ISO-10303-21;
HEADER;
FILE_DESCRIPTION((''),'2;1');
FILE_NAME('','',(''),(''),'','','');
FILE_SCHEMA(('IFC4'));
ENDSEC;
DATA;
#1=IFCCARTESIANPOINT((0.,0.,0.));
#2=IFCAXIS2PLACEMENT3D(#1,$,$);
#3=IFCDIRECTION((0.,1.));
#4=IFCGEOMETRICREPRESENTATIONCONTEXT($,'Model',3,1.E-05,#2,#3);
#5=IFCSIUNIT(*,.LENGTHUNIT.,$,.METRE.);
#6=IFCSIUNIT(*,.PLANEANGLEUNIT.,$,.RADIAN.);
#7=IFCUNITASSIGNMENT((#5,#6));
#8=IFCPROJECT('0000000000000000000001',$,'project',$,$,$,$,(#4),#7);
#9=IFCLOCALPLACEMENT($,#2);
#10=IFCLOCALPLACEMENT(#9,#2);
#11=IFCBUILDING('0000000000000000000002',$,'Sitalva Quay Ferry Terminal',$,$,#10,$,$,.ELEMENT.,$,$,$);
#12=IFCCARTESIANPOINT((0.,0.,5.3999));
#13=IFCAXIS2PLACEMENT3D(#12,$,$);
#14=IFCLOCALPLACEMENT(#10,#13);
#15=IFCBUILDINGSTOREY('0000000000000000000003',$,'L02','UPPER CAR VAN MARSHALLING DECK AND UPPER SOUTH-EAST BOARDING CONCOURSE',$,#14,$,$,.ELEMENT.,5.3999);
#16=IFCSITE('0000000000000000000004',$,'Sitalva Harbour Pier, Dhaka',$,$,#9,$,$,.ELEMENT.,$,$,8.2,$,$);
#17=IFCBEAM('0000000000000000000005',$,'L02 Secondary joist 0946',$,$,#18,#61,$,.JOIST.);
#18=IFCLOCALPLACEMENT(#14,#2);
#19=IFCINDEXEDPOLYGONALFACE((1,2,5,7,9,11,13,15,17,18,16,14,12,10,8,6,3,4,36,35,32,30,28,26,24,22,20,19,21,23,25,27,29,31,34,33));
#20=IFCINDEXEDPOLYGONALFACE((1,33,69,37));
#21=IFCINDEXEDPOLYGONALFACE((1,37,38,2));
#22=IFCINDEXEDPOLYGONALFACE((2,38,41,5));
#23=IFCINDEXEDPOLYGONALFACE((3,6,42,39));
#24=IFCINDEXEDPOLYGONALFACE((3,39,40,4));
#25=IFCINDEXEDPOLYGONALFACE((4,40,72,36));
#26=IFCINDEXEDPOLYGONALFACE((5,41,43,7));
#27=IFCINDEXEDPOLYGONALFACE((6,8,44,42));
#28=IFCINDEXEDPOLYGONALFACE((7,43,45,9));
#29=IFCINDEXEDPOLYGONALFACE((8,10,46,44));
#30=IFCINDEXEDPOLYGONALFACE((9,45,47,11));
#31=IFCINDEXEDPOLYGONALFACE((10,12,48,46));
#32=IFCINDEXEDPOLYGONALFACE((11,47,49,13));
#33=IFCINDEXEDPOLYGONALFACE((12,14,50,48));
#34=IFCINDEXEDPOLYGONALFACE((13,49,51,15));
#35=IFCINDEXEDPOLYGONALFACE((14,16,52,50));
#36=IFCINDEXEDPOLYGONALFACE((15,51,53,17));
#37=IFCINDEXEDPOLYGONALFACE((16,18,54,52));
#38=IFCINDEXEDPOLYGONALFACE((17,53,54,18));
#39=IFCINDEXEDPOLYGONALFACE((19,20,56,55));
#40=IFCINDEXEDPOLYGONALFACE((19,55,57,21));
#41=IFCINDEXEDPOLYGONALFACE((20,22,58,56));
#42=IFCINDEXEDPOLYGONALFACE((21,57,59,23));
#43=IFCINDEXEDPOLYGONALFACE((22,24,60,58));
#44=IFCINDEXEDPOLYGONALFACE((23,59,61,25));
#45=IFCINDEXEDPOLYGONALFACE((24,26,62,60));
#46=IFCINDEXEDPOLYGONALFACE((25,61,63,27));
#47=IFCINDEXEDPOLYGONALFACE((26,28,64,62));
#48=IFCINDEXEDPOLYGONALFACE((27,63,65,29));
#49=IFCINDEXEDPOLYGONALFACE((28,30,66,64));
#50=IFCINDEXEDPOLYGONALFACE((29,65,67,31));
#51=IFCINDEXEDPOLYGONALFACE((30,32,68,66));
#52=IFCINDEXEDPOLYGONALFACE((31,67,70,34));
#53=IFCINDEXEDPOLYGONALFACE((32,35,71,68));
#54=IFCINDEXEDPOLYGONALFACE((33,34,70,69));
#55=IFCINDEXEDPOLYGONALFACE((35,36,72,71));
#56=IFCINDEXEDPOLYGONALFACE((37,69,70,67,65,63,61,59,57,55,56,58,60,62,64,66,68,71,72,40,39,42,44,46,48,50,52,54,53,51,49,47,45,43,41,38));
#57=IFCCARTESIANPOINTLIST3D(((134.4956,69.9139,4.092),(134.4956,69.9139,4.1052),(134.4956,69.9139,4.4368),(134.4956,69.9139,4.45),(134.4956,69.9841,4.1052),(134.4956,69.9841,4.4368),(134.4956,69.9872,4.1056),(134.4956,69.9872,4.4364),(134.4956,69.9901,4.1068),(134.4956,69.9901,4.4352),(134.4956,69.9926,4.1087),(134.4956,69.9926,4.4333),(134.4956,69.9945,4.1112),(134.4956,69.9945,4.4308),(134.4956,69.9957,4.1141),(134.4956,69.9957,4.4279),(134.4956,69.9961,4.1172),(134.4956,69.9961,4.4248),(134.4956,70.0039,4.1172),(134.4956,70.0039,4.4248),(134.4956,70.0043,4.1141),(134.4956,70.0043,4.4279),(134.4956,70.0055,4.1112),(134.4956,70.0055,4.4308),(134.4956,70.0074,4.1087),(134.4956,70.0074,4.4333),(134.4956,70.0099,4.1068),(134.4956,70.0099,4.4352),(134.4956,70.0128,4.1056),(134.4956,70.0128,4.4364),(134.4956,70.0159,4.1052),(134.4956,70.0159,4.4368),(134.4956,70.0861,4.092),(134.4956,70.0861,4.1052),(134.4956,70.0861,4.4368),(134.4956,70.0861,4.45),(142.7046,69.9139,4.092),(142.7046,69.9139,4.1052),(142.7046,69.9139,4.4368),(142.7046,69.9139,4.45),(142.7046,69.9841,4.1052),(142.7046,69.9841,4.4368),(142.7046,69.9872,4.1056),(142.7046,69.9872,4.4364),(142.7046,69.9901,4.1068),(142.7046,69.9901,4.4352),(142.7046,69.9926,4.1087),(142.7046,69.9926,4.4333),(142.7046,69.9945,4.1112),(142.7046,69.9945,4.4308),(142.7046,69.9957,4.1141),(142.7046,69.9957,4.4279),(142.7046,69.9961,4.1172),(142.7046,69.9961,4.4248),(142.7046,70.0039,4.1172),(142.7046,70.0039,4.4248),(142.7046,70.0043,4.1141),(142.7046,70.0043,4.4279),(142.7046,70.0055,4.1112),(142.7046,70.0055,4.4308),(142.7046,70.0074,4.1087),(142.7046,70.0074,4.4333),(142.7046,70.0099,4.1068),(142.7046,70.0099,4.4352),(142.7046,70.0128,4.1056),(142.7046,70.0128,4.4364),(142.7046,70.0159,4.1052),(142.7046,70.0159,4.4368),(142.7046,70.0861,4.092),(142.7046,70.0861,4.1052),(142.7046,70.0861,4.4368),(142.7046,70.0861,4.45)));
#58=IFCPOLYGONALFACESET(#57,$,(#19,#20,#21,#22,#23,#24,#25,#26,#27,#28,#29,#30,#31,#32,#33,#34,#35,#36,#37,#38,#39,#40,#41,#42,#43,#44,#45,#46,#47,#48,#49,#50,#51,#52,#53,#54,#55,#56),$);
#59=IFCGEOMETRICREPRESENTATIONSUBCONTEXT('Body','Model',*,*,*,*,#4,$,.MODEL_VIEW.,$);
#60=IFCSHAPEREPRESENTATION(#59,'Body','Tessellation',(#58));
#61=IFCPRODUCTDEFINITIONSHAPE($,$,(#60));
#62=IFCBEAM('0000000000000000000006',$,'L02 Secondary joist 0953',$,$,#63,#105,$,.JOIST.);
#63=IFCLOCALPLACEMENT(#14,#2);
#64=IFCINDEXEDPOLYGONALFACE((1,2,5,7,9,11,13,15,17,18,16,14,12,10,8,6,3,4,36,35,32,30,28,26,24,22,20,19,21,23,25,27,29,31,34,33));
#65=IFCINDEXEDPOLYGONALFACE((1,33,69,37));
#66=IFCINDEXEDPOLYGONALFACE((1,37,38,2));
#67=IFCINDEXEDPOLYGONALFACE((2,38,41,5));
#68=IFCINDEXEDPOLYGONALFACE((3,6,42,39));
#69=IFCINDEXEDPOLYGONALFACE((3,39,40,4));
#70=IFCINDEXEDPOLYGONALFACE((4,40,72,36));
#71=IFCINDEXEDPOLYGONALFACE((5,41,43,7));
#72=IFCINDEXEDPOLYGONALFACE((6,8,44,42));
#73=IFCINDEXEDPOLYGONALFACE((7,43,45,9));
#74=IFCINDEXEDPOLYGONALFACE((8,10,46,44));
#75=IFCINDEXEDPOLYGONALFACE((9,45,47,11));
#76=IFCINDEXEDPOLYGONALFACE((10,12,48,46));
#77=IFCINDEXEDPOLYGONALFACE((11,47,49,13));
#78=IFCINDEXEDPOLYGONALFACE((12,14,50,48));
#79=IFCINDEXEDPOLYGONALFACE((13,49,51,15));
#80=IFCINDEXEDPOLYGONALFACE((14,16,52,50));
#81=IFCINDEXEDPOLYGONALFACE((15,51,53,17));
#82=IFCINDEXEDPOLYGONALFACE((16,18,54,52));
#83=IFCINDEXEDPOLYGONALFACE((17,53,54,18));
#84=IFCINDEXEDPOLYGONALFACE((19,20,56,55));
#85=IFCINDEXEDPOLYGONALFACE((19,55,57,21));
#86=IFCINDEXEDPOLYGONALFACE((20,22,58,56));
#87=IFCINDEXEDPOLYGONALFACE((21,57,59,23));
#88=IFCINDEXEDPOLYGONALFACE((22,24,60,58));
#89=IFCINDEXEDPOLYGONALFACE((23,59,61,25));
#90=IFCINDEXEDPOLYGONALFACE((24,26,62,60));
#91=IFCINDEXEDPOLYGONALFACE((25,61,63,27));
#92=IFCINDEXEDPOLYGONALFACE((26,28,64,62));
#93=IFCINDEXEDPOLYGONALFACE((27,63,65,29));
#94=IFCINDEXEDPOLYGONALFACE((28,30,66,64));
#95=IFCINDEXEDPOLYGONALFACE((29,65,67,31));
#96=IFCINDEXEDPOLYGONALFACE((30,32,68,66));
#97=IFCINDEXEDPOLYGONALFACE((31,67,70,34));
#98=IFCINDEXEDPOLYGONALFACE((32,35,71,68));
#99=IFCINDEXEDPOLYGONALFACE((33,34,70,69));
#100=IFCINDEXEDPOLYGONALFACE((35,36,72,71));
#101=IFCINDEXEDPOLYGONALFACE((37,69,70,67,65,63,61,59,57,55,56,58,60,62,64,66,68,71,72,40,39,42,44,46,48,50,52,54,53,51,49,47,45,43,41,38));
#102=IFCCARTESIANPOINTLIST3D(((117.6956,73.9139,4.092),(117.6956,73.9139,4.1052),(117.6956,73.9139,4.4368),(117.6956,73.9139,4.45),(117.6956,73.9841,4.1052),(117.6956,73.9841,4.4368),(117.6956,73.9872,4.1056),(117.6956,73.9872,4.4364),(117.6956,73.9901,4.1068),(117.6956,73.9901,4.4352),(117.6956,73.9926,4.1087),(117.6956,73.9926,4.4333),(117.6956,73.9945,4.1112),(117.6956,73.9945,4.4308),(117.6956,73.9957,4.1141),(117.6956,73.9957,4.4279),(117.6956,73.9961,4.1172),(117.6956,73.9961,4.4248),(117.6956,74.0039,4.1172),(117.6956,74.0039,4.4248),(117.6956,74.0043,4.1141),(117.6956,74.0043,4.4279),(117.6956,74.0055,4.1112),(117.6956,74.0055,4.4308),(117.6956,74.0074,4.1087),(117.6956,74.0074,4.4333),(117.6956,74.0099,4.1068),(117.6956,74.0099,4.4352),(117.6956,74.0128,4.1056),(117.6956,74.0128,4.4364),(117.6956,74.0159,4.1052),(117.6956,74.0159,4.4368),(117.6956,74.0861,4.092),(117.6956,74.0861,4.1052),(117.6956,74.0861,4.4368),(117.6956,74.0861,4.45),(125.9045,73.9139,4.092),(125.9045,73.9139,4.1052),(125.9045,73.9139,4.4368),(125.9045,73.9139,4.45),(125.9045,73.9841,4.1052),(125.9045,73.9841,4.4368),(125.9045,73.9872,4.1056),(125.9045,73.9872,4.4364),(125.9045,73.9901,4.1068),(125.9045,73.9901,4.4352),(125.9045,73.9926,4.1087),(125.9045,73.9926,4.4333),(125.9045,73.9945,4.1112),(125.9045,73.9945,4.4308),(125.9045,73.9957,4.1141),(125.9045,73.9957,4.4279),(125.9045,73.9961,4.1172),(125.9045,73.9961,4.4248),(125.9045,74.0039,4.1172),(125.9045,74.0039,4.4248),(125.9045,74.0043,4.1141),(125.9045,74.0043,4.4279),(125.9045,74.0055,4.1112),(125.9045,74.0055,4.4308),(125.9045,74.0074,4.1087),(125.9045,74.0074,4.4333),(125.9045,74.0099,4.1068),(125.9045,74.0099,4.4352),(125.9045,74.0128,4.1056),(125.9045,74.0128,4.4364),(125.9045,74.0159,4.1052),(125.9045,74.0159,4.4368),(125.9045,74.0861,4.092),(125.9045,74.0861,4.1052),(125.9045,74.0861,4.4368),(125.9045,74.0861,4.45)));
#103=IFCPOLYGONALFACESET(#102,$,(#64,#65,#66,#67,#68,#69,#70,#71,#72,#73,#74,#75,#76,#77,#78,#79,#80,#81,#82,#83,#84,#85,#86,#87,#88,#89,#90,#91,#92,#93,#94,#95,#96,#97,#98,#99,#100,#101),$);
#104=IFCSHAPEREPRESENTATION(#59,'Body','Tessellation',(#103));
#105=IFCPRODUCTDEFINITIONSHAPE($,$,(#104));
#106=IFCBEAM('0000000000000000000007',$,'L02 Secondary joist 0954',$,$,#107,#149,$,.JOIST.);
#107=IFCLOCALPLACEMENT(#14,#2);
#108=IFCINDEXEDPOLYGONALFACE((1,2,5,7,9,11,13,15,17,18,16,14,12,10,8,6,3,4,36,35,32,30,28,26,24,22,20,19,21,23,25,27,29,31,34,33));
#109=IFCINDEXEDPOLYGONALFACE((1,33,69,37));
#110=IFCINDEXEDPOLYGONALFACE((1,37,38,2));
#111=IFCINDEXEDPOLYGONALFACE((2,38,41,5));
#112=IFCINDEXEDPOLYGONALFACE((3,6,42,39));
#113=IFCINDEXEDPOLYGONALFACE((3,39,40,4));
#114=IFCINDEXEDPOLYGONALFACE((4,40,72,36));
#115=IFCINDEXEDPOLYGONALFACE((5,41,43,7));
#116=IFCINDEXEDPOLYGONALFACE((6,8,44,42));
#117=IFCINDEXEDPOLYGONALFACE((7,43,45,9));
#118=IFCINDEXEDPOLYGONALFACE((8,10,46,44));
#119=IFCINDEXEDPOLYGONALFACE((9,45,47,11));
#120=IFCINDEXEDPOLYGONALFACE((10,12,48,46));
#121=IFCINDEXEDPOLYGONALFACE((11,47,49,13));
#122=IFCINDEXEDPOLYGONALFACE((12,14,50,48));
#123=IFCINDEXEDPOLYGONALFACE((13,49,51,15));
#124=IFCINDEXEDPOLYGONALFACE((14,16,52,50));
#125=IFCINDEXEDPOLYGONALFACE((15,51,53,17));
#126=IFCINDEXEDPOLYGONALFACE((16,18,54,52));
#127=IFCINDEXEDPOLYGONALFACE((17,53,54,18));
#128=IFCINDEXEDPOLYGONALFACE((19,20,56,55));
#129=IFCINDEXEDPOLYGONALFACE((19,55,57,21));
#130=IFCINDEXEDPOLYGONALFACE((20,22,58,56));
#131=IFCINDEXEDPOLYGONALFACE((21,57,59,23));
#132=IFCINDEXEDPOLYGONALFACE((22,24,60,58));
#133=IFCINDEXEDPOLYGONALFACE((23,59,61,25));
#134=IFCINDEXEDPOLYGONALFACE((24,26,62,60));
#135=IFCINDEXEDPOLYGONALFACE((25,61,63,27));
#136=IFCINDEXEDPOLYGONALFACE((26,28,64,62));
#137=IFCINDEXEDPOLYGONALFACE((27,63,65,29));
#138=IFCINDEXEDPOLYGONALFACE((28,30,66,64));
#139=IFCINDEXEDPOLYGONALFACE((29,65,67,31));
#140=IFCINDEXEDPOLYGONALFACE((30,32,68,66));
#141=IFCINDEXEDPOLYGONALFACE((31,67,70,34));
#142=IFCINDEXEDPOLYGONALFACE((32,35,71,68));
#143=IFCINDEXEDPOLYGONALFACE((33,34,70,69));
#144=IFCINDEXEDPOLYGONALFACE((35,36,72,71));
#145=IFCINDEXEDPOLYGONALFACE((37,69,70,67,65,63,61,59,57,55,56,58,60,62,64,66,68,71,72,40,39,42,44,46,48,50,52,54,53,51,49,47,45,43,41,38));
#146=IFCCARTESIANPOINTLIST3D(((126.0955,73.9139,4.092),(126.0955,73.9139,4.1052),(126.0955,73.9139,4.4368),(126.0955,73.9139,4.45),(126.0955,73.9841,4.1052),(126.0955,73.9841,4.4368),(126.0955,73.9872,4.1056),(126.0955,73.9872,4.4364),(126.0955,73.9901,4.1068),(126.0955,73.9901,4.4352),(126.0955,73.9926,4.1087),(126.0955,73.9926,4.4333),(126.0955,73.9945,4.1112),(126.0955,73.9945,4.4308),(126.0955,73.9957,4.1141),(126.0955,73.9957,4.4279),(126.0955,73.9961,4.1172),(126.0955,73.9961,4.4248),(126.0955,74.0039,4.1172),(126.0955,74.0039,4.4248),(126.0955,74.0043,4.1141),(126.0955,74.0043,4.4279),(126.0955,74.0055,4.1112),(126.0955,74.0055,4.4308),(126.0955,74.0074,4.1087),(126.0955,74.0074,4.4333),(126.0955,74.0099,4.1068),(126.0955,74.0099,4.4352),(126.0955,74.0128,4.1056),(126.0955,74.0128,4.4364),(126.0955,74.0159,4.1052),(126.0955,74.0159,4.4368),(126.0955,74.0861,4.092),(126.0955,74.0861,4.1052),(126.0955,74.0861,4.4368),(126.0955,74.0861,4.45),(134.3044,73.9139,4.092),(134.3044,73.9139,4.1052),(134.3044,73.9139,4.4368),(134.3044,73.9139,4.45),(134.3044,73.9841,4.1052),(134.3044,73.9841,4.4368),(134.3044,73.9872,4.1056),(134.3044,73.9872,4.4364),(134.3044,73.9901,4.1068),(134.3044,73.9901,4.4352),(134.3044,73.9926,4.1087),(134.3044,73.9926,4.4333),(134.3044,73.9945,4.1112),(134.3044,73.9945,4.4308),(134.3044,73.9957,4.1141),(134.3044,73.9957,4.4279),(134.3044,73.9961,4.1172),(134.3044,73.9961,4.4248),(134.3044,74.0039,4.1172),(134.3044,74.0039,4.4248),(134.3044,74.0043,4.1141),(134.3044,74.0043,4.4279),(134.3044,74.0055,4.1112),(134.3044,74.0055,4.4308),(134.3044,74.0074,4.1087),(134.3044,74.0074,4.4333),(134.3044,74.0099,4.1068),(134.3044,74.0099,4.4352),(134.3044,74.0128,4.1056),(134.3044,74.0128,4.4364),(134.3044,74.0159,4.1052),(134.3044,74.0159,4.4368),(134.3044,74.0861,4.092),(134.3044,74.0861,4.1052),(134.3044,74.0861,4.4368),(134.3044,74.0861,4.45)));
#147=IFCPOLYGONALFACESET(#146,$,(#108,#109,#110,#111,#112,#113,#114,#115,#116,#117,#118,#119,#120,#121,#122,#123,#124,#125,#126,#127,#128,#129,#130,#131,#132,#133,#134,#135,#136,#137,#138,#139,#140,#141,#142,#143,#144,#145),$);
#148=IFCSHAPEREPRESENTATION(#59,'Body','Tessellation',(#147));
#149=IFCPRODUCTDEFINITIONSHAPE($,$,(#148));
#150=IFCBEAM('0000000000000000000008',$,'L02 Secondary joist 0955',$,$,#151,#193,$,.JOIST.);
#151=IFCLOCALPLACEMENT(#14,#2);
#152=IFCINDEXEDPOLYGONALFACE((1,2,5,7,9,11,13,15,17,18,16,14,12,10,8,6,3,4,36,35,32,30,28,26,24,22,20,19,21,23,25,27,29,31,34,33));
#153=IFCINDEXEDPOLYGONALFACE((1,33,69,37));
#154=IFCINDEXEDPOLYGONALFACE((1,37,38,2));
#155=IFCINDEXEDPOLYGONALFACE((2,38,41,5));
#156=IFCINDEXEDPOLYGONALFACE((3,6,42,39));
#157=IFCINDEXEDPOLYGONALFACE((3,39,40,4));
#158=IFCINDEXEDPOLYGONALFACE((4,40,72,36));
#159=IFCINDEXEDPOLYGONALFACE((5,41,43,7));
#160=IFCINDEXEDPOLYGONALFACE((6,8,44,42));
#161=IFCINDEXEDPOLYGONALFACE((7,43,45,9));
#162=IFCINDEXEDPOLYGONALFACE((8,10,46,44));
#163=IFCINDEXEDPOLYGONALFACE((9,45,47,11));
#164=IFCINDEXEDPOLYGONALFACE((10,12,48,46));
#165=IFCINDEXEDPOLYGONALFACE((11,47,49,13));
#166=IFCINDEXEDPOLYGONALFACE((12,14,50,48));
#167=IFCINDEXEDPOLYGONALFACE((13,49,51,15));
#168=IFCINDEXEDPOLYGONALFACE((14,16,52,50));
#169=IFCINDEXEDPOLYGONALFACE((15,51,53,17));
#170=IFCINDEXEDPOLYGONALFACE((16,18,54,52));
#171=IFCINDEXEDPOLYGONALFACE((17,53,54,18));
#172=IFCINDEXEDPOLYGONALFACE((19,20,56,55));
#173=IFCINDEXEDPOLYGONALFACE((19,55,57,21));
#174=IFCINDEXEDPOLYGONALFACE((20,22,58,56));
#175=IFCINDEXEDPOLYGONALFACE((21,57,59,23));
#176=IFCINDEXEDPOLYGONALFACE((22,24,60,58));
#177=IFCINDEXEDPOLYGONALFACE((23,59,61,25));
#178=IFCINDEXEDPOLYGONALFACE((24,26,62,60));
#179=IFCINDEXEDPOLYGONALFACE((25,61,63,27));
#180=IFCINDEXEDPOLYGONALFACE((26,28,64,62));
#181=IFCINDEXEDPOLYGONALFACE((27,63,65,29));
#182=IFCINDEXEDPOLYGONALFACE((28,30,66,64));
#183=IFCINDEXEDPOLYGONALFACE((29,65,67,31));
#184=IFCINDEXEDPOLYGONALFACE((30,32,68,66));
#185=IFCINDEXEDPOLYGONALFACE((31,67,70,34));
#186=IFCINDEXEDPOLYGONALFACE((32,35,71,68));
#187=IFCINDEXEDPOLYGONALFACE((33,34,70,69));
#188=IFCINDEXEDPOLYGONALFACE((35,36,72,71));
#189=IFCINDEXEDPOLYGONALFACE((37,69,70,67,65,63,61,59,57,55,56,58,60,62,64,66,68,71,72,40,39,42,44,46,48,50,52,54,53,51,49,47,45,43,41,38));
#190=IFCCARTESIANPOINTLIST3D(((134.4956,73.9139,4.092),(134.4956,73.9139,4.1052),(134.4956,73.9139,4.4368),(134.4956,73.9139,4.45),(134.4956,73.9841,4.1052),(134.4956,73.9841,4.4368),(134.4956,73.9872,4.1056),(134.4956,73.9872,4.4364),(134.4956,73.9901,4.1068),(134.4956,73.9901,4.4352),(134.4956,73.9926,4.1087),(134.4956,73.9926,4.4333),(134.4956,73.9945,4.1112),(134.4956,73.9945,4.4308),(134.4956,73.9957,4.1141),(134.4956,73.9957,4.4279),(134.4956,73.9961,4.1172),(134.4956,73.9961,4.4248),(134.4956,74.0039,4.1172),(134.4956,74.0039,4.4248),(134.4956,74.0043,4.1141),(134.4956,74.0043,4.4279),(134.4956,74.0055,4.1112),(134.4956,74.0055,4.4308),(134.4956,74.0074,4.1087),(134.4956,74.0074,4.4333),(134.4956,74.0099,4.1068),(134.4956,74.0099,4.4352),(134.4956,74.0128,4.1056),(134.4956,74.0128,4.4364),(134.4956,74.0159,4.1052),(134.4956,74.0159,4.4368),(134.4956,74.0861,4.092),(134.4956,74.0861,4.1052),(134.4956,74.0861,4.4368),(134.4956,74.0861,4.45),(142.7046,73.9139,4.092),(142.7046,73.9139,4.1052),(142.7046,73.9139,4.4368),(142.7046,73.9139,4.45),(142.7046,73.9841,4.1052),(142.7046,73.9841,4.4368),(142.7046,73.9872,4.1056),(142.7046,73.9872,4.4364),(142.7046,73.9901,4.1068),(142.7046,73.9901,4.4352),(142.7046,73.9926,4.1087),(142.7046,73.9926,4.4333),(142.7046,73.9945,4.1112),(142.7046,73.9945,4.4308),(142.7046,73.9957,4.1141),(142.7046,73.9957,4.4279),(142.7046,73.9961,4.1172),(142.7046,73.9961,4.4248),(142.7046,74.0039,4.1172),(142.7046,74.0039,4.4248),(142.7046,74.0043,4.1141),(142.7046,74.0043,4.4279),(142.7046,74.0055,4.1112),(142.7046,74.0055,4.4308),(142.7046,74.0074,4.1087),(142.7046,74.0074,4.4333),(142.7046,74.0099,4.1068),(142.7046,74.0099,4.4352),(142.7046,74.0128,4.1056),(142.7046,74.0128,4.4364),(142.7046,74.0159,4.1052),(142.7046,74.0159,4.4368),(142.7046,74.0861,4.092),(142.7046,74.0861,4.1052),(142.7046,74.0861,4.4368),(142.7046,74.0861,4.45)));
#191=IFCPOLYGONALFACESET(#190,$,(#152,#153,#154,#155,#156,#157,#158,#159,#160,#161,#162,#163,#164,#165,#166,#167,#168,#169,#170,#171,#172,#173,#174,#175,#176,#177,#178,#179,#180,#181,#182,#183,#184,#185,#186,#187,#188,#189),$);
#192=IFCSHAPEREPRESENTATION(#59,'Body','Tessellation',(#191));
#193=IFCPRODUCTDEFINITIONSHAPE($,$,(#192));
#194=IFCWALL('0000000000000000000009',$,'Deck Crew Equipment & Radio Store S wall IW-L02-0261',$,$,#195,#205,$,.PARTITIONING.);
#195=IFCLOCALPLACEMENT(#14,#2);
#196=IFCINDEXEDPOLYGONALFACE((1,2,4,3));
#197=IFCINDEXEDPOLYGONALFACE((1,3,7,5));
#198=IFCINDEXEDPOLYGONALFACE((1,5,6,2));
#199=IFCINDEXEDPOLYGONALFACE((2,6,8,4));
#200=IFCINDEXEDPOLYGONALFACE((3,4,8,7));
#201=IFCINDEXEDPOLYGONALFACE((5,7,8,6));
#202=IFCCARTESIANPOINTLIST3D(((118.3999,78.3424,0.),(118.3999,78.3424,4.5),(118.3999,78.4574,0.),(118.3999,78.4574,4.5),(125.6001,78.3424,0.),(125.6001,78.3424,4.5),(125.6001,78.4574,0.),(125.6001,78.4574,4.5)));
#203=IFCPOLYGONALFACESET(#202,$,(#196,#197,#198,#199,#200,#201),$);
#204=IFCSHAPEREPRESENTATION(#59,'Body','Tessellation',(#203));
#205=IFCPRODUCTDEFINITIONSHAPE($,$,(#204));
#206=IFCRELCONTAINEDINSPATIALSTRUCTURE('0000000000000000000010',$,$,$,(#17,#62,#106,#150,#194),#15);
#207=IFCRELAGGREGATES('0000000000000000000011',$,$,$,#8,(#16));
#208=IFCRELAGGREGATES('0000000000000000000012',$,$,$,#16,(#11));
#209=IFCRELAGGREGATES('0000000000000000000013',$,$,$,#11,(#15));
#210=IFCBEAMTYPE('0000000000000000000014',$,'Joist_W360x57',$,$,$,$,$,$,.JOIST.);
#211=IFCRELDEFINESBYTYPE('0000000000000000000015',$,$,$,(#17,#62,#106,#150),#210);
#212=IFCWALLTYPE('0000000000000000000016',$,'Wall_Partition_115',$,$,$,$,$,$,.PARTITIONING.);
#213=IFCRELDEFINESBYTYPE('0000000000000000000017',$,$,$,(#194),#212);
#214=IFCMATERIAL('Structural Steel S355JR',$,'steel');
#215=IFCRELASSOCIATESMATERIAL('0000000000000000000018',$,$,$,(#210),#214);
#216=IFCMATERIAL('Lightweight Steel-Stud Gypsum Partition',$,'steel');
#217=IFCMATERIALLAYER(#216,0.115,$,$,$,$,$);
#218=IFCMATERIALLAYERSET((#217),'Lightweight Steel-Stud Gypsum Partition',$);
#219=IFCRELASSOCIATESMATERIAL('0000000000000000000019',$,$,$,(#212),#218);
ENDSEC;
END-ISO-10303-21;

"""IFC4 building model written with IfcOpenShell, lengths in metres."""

from ifc_helpers import new_model, si_unit, direction, frame, frame_2d, origin, origin_2d, place, context, subcontext, project, spatial, rectangle, i_section, extrude, material, layer, layer_set, material_profile, profile_set, type_object, element, save


model = new_model("IFC4")

# Units and contexts
model_context = context("Model", 3, precision=1e-05, world=origin(), true_north=direction((0.0, 1.0)))
body_context = subcontext(model_context, "Body", "Model", "MODEL_VIEW")
ifc_project = project(units=[si_unit("LENGTHUNIT", "METRE"), si_unit("PLANEANGLEUNIT", "RADIAN")], contexts=[model_context])

# Site, building, storey
site_placement = place(None, origin())
site = spatial("IfcSite", under=ifc_project, at=site_placement, Name="Sitalva Harbour Pier, Dhaka", CompositionType="ELEMENT", RefElevation=8.2)
building_placement = place(site_placement, origin())
building = spatial("IfcBuilding", under=site, at=building_placement, Name="Sitalva Quay Ferry Terminal", CompositionType="ELEMENT")
storey_placement = place(building_placement, frame((0.0, 0.0, 5.3999)))
storey = spatial("IfcBuildingStorey", under=building, at=storey_placement, Name="L02", Description="UPPER CAR VAN MARSHALLING DECK AND UPPER SOUTH-EAST BOARDING CONCOURSE", CompositionType="ELEMENT", Elevation=5.3999)

# Beams
ifc_material_1 = material(Name="Structural Steel S355JR", Category="steel")
ifc_material_profile_1 = material_profile(ifc_material_1, i_section(OverallWidth=0.1721, OverallDepth=0.3579, WebThickness=0.0078, FlangeThickness=0.0132, FilletRadius=0.012, at=origin_2d()), Name="W360x57")
ifc_profile_set_1 = profile_set([ifc_material_profile_1], Name="Structural Steel S355JR")
beam_type_1 = type_object("IfcBeamType", Name="Joist_W360x57", PredefinedType="JOIST", material=ifc_profile_set_1)
for number, where, z_axis, x_axis, name in (
    (1, (134.4956, 70.0, 4.271), (1.0, 0.0, 0.0), (0.0, 1.0, 0.0), "L02 Secondary joist 0946"),
    (2, (117.6956, 74.0, 4.271), (1.0, 0.0, 0.0), (0.0, 1.0, 0.0), "L02 Secondary joist 0953"),
    (3, (126.0955, 74.0, 4.271), (1.0, 0.0, 0.0), (0.0, 1.0, 0.0), "L02 Secondary joist 0954"),
    (4, (134.4956, 74.0, 4.271), (1.0, 0.0, 0.0), (0.0, 1.0, 0.0), "L02 Secondary joist 0955"),
):
    element("IfcBeam", number, at=place(storey_placement, frame(where, z_axis=z_axis, x_axis=x_axis)), inside=storey, type_object=beam_type_1, Name=name, PredefinedType="JOIST", context=body_context, shape_type="SweptSolid", body=[
        extrude(i_section(OverallWidth=0.1721, OverallDepth=0.3579, WebThickness=0.0078, FlangeThickness=0.0132, FilletRadius=0.012, at=origin_2d()), origin(), (0.0, 0.0, 1.0), 8.209),
    ])

# Wall
ifc_material_2 = material(Name="Lightweight Steel-Stud Gypsum Partition", Category="steel")
ifc_layer = layer(ifc_material_2, 0.115)
ifc_layer_set = layer_set([ifc_layer], Name="Lightweight Steel-Stud Gypsum Partition")
wall_type = type_object("IfcWallType", Name="Wall_Partition_115", PredefinedType="PARTITIONING", material=ifc_layer_set)
wall_placement = place(storey_placement, frame((118.3999, 78.3999, 0.0), z_axis=(0.0, 0.0, 1.0), x_axis=(1.0, 0.0, 0.0)))
element("IfcWall", 5, at=wall_placement, inside=storey, type_object=wall_type, Name="Deck Crew Equipment & Radio Store S wall IW-L02-0261", PredefinedType="PARTITIONING", context=body_context, shape_type="SweptSolid", body=[
    extrude(rectangle(XDim=7.2002, YDim=0.115, at=frame_2d((3.6001, 0.0))), origin(), (0.0, 0.0, 1.0), 4.5),
])

save(model, "model.ifc")
